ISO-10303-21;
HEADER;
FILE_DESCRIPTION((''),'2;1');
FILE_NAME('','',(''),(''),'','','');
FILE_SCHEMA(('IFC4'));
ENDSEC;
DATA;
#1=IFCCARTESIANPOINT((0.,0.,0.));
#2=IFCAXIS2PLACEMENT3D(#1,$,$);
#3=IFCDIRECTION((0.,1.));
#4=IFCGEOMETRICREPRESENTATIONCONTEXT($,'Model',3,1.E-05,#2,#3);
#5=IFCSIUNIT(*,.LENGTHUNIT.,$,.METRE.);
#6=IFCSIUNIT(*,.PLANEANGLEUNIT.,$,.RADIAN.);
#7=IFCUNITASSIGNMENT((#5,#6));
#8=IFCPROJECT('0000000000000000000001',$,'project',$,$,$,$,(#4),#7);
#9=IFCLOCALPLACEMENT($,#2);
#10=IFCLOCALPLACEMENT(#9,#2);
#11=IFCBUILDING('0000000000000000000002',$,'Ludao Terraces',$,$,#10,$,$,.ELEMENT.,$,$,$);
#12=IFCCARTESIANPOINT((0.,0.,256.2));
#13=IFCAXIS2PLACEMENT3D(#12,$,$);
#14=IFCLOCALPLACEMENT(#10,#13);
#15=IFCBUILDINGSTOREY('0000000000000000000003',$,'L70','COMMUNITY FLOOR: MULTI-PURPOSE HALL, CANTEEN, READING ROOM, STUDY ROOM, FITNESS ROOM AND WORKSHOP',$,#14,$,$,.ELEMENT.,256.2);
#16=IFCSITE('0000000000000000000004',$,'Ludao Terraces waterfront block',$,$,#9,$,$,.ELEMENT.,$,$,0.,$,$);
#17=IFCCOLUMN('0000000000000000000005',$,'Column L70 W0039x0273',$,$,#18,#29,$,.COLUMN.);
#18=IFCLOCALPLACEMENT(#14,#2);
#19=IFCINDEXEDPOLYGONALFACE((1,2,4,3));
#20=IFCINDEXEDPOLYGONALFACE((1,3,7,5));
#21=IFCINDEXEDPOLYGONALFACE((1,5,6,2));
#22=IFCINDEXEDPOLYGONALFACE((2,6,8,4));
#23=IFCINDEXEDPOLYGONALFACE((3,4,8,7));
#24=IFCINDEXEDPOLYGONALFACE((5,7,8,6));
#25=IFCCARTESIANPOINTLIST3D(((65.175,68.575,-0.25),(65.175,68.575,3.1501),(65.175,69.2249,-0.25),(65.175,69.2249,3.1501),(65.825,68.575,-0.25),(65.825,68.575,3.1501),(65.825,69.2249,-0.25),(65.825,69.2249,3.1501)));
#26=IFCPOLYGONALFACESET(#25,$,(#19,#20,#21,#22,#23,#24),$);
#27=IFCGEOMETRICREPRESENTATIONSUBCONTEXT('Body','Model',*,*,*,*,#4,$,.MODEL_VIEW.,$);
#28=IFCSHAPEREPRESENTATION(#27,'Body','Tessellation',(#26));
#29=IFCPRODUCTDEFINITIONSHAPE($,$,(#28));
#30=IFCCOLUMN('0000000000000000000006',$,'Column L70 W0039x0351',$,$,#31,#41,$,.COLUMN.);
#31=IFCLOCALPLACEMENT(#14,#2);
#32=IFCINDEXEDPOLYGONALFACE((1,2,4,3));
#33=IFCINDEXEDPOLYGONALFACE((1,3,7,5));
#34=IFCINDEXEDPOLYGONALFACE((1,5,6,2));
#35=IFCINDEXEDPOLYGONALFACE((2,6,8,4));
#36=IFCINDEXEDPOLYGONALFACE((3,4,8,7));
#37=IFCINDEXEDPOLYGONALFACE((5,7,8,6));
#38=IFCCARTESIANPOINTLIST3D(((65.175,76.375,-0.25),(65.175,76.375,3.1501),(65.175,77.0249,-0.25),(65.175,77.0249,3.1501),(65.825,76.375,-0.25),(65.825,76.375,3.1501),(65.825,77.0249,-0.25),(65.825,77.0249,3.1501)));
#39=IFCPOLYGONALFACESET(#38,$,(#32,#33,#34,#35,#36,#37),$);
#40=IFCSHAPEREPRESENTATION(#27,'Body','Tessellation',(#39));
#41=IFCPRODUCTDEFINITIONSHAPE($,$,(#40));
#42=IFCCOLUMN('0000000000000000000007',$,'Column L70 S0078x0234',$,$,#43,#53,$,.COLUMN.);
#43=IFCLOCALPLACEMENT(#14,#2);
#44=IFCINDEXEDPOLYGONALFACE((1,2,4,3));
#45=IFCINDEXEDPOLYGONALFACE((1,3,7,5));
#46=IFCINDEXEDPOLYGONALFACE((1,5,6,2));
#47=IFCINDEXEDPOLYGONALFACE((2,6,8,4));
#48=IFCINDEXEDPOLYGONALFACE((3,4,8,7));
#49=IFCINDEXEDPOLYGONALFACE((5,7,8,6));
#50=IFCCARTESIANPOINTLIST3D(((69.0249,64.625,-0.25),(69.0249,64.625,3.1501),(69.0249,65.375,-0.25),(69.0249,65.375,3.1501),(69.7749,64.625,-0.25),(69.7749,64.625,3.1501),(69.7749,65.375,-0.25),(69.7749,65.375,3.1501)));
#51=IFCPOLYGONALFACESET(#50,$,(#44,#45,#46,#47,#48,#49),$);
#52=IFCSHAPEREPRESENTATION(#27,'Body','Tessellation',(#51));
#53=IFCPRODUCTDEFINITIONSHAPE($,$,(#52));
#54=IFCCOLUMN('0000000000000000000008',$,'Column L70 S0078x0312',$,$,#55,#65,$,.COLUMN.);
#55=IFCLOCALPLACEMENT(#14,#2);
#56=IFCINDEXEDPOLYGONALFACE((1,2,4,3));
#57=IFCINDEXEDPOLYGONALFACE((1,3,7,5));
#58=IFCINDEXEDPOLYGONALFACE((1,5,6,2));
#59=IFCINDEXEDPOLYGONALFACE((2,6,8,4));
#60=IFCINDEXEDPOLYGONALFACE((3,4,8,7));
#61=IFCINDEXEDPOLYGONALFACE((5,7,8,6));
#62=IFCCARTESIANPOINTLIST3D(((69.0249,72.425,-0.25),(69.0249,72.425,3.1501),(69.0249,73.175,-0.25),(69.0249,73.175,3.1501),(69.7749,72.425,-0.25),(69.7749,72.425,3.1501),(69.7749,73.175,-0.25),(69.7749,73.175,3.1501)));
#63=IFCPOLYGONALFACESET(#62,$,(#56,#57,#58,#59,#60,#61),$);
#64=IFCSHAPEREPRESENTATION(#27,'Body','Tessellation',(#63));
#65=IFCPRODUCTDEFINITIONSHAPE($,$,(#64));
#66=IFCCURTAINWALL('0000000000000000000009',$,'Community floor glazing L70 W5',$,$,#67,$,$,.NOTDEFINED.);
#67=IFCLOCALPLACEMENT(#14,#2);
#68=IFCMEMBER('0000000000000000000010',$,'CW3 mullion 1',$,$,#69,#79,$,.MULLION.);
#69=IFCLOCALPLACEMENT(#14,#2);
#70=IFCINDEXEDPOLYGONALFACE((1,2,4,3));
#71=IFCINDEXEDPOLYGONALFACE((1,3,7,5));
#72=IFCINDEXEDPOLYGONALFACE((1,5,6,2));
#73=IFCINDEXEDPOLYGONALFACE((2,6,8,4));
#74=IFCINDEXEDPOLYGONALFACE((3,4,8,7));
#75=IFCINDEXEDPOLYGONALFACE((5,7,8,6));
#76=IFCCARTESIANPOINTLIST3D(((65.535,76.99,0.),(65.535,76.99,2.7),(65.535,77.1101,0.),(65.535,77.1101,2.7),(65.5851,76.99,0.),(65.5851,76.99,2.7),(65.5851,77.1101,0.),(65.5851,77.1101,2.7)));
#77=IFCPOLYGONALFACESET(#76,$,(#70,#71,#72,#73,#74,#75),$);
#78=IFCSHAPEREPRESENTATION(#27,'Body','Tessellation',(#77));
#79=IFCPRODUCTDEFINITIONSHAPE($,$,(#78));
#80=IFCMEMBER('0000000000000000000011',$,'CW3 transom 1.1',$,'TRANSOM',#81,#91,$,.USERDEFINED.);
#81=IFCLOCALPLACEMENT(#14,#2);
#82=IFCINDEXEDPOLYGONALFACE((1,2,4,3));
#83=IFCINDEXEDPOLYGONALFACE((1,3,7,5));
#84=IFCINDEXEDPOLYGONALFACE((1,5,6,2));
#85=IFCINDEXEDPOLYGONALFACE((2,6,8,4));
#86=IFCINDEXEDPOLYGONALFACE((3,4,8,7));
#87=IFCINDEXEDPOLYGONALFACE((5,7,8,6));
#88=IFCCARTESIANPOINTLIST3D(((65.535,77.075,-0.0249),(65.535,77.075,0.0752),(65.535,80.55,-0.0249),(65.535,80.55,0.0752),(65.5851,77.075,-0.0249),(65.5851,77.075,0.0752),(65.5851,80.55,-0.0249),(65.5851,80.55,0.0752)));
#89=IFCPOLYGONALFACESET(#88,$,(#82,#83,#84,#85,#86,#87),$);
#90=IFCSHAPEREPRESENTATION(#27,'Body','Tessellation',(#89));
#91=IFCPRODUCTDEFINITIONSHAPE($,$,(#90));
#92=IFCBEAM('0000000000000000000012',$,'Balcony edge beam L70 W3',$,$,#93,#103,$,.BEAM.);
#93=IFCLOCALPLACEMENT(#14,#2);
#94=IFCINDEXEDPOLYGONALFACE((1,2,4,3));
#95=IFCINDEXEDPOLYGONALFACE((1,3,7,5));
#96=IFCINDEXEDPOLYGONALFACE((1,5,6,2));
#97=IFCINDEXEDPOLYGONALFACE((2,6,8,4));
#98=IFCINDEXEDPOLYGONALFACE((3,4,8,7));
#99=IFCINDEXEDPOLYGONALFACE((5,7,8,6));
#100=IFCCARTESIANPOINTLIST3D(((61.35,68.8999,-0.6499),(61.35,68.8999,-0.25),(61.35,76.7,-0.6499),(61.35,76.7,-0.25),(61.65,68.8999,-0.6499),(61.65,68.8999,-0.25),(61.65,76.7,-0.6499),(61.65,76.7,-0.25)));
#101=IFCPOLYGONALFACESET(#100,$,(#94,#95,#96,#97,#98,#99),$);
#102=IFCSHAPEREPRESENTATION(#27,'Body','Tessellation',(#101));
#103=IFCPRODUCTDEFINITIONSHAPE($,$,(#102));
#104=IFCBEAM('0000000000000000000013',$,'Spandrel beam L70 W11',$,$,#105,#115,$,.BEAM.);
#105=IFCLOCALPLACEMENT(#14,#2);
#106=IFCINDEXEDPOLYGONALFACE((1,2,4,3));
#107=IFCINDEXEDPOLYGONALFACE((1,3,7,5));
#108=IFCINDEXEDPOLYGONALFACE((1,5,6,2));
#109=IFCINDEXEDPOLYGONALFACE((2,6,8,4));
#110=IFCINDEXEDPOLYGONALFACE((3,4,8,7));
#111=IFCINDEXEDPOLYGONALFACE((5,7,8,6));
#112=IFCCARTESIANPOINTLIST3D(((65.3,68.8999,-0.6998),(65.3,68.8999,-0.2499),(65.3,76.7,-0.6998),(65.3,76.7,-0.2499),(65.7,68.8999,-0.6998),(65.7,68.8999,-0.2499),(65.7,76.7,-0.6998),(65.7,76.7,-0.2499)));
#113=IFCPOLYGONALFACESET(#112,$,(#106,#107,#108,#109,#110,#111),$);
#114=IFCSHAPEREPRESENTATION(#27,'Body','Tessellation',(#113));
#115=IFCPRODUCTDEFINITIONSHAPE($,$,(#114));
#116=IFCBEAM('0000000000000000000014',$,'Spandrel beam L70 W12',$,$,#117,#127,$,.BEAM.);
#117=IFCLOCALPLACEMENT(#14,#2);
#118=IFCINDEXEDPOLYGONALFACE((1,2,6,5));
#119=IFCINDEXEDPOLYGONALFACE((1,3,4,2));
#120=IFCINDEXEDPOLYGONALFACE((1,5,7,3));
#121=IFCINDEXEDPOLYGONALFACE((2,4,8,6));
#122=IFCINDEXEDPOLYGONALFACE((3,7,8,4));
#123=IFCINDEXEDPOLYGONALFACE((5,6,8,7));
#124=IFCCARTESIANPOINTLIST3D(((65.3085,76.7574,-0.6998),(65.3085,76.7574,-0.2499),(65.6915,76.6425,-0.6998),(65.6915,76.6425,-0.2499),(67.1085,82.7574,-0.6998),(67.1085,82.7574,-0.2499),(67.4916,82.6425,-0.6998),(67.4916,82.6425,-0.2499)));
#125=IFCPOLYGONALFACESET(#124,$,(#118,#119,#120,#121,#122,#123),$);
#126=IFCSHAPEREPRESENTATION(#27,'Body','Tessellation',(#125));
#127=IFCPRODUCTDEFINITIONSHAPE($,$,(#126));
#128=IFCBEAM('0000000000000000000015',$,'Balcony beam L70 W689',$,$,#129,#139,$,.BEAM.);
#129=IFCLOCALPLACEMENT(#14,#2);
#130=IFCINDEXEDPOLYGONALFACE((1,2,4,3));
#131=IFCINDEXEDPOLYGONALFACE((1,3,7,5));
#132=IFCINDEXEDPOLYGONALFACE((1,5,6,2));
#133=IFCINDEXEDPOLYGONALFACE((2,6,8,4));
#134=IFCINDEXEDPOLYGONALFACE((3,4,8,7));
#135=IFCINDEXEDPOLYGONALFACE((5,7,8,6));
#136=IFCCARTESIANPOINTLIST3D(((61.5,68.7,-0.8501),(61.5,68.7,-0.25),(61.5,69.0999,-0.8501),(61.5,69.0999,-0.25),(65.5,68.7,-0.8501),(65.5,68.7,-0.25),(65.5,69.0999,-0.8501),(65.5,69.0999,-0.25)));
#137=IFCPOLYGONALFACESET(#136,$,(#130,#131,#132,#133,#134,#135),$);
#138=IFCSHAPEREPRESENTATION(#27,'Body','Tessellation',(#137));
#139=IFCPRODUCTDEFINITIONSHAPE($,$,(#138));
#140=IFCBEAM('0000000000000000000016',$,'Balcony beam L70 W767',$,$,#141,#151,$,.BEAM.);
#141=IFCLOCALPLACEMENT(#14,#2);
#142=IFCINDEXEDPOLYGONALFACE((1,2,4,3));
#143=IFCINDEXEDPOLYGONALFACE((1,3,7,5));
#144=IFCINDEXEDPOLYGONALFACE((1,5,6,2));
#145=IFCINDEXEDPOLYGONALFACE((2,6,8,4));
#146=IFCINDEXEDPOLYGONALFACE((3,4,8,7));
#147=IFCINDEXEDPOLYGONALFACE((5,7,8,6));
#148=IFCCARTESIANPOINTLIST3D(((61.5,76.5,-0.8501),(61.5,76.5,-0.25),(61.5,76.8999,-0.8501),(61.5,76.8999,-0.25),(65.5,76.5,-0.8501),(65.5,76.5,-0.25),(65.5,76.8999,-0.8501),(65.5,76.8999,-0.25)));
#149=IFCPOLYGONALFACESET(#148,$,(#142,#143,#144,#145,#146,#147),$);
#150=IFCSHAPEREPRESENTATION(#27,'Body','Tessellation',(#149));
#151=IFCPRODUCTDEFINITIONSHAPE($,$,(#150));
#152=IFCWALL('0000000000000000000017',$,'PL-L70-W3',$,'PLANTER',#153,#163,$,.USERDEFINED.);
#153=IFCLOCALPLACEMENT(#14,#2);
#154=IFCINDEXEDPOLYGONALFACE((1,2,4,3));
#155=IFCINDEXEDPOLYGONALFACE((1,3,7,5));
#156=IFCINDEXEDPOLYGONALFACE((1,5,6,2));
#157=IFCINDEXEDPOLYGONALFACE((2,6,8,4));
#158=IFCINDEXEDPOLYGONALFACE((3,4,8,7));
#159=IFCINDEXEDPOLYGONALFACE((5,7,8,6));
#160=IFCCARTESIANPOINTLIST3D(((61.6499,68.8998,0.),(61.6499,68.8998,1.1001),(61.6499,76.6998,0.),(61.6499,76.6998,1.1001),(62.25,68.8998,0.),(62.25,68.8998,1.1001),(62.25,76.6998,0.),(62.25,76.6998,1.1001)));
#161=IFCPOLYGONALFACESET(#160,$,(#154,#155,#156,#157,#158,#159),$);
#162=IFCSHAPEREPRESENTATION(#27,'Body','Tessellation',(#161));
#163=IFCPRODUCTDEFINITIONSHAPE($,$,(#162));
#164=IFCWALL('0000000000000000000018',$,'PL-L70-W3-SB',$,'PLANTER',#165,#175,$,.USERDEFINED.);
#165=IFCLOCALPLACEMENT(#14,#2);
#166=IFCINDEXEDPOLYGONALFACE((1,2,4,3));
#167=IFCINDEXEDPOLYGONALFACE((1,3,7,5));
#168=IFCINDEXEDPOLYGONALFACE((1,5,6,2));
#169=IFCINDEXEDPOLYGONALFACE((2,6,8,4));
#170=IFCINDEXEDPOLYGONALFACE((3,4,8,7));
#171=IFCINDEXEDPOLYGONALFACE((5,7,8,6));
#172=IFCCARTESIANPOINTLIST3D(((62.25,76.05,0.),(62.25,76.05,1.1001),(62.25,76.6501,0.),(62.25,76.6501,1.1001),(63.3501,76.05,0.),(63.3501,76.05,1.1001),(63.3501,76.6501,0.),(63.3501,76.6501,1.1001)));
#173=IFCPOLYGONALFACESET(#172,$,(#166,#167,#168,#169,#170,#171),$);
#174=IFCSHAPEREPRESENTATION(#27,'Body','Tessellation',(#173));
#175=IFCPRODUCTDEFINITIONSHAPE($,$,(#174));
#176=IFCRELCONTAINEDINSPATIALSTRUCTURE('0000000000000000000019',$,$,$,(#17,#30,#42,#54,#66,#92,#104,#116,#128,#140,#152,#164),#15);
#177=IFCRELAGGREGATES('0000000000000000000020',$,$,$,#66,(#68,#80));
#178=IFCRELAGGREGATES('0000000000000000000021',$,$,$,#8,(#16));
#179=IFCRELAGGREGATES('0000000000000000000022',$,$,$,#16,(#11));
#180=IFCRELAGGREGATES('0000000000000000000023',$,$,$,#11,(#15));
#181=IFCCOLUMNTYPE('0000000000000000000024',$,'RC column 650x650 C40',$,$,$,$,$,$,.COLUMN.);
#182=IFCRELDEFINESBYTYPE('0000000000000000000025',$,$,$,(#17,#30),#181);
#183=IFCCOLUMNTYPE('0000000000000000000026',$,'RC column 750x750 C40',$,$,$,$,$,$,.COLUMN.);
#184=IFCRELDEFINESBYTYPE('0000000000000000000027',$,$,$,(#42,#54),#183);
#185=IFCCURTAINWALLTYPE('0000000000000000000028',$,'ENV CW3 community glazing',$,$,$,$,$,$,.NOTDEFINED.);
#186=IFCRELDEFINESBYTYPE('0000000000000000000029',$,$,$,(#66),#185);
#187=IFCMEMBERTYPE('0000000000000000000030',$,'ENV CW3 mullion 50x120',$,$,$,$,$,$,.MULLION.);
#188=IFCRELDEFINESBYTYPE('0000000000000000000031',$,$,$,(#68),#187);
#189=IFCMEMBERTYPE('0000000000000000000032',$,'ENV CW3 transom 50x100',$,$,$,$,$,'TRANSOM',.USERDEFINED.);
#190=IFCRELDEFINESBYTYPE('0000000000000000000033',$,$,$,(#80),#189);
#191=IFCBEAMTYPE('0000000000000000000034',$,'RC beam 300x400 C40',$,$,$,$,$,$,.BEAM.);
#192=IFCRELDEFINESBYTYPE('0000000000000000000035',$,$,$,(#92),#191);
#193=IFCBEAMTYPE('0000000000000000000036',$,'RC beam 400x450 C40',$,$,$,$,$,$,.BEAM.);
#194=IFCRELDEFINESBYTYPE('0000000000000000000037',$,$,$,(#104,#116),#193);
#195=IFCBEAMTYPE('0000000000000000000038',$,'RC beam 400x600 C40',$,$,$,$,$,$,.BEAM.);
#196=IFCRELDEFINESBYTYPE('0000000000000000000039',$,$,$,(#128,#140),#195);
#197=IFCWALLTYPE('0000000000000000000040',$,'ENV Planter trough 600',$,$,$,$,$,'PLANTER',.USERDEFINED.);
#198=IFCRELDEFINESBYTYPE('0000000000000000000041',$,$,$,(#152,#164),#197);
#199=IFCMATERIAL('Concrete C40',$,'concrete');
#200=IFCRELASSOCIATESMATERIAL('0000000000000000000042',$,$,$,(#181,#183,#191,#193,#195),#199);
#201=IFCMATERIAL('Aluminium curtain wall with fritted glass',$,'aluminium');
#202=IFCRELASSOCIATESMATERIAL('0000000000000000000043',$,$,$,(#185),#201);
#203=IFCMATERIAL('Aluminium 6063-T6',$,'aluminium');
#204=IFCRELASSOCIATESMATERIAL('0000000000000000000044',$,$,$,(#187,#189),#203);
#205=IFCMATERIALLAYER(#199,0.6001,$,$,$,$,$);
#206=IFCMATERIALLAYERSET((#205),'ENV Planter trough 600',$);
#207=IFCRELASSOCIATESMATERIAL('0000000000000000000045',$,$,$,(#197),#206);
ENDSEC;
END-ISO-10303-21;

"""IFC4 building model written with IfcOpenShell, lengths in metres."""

from ifc_helpers import new_model, si_unit, direction, frame, frame_2d, origin, origin_2d, place, context, subcontext, project, spatial, rectangle, extrude, material, layer, layer_set, material_profile, profile_set, type_object, element, aggregate, save


model = new_model("IFC4")

# Units and contexts
model_context = context("Model", 3, precision=1e-05, world=origin(), true_north=direction((0.0, 1.0)))
body_context = subcontext(model_context, "Body", "Model", "MODEL_VIEW")
ifc_project = project(units=[si_unit("LENGTHUNIT", "METRE"), si_unit("PLANEANGLEUNIT", "RADIAN")], contexts=[model_context])

# Site, building, storey
site_placement = place(None, origin())
site = spatial("IfcSite", under=ifc_project, at=site_placement, Name="Ludao Terraces waterfront block", CompositionType="ELEMENT", RefElevation=0.0)
building_placement = place(site_placement, origin())
building = spatial("IfcBuilding", under=site, at=building_placement, Name="Ludao Terraces", CompositionType="ELEMENT")
storey_placement = place(building_placement, frame((0.0, 0.0, 256.2)))
storey = spatial("IfcBuildingStorey", under=building, at=storey_placement, Name="L70", Description="COMMUNITY FLOOR: MULTI-PURPOSE HALL, CANTEEN, READING ROOM, STUDY ROOM, FITNESS ROOM AND WORKSHOP", CompositionType="ELEMENT", Elevation=256.2)

# Columns
ifc_material_1 = material(Name="Concrete C40", Category="concrete")
ifc_material_profile_1 = material_profile(ifc_material_1, rectangle(XDim=0.6499, YDim=0.6499, at=origin_2d()), Name="650 X 650")
ifc_profile_set_1 = profile_set([ifc_material_profile_1], Name="Concrete C40")
column_type_1 = type_object("IfcColumnType", Name="RC column 650x650 C40", PredefinedType="COLUMN", material=ifc_profile_set_1)
for number, where, z_axis, x_axis, name in (
    (1, (65.5, 68.8999, -0.25), (0.0, 0.0, 1.0), (1.0, 0.0, 0.0), "Column L70 W0039x0273"),
    (2, (65.5, 76.7, -0.25), (0.0, 0.0, 1.0), (1.0, 0.0, 0.0), "Column L70 W0039x0351"),
):
    element("IfcColumn", number, at=place(storey_placement, frame(where, z_axis=z_axis, x_axis=x_axis)), inside=storey, type_object=column_type_1, Name=name, PredefinedType="COLUMN", context=body_context, shape_type="SweptSolid", body=[
        extrude(rectangle(XDim=0.6499, YDim=0.6499, at=origin_2d()), origin(), (0.0, 0.0, 1.0), 3.4001),
    ])
ifc_material_profile_2 = material_profile(ifc_material_1, rectangle(XDim=0.75, YDim=0.75, at=origin_2d()), Name="750 X 750")
ifc_profile_set_2 = profile_set([ifc_material_profile_2], Name="Concrete C40")
column_type_2 = type_object("IfcColumnType", Name="RC column 750x750 C40", PredefinedType="COLUMN", material=ifc_profile_set_2)
for number, where, z_axis, x_axis, name in (
    (3, (69.3999, 65.0, -0.25), (0.0, 0.0, 1.0), (1.0, 0.0, 0.0), "Column L70 S0078x0234"),
    (4, (69.3999, 72.8, -0.25), (0.0, 0.0, 1.0), (1.0, 0.0, 0.0), "Column L70 S0078x0312"),
):
    element("IfcColumn", number, at=place(storey_placement, frame(where, z_axis=z_axis, x_axis=x_axis)), inside=storey, type_object=column_type_2, Name=name, PredefinedType="COLUMN", context=body_context, shape_type="SweptSolid", body=[
        extrude(rectangle(XDim=0.75, YDim=0.75, at=origin_2d()), origin(), (0.0, 0.0, 1.0), 3.4001),
    ])

# Curtain wall, members
ifc_material_2 = material(Name="Aluminium curtain wall with fritted glass", Category="aluminium")
curtain_wall_type = type_object("IfcCurtainWallType", Name="ENV CW3 community glazing", PredefinedType="NOTDEFINED", material=ifc_material_2)
curtain_wall_placement = place(storey_placement, origin())
curtain_wall = element("IfcCurtainWall", 5, at=curtain_wall_placement, inside=storey, type_object=curtain_wall_type, Name="Community floor glazing L70 W5", PredefinedType="NOTDEFINED")
ifc_material_3 = material(Name="Aluminium 6063-T6", Category="aluminium")
ifc_material_profile_3 = material_profile(ifc_material_3, rectangle(XDim=0.05, YDim=0.1201, at=origin_2d()), Name="50 X 120")
ifc_profile_set_3 = profile_set([ifc_material_profile_3], Name="Aluminium 6063-T6")
member_type_1 = type_object("IfcMemberType", Name="ENV CW3 mullion 50x120", PredefinedType="MULLION", material=ifc_profile_set_3)
member_1_placement = place(storey_placement, frame((65.5601, 77.05, 0.0), z_axis=(0.0, 0.0, 1.0), x_axis=(-1.0, 0.0, 0.0)))
member_1 = element("IfcMember", 6, at=member_1_placement, type_object=member_type_1, Name="CW3 mullion 1", PredefinedType="MULLION", context=body_context, shape_type="SweptSolid", body=[
    extrude(rectangle(XDim=0.05, YDim=0.1201, at=origin_2d()), origin(), (0.0, 0.0, 1.0), 2.7),
])
ifc_material_profile_4 = material_profile(ifc_material_3, rectangle(XDim=0.05, YDim=0.1001, at=origin_2d()), Name="50 X 100")
ifc_profile_set_4 = profile_set([ifc_material_profile_4], Name="Aluminium 6063-T6")
member_type_2 = type_object("IfcMemberType", Name="ENV CW3 transom 50x100", ElementType="TRANSOM", PredefinedType="USERDEFINED", material=ifc_profile_set_4)
member_2_placement = place(storey_placement, frame((65.5601, 77.075, 0.0251), z_axis=(0.0, 1.0, 0.0), x_axis=(-1.0, 0.0, 0.0)))
member_2 = element("IfcMember", 7, at=member_2_placement, type_object=member_type_2, Name="CW3 transom 1.1", ObjectType="TRANSOM", PredefinedType="USERDEFINED", context=body_context, shape_type="SweptSolid", body=[
    extrude(rectangle(XDim=0.05, YDim=0.1001, at=origin_2d()), origin(), (0.0, 0.0, 1.0), 3.4751),
])
aggregate(curtain_wall, [member_1, member_2])

# Beams
ifc_material_profile_5 = material_profile(ifc_material_1, rectangle(XDim=0.3, YDim=0.3999, at=origin_2d()), Name="300 X 400")
ifc_profile_set_5 = profile_set([ifc_material_profile_5], Name="Concrete C40")
beam_type_1 = type_object("IfcBeamType", Name="RC beam 300x400 C40", PredefinedType="BEAM", material=ifc_profile_set_5)
beam_1_placement = place(storey_placement, frame((61.5, 68.8999, -0.45), z_axis=(0.0, 1.0, 0.0), x_axis=(-1.0, 0.0, 0.0)))
element("IfcBeam", 8, at=beam_1_placement, inside=storey, type_object=beam_type_1, Name="Balcony edge beam L70 W3", PredefinedType="BEAM", context=body_context, shape_type="SweptSolid", body=[
    extrude(rectangle(XDim=0.3, YDim=0.3999, at=origin_2d()), origin(), (0.0, 0.0, 1.0), 7.8),
])
ifc_material_profile_6 = material_profile(ifc_material_1, rectangle(XDim=0.3999, YDim=0.45, at=origin_2d()), Name="400 X 450")
ifc_profile_set_6 = profile_set([ifc_material_profile_6], Name="Concrete C40")
beam_type_2 = type_object("IfcBeamType", Name="RC beam 400x450 C40", PredefinedType="BEAM", material=ifc_profile_set_6)
beam_2_placement = place(storey_placement, frame((65.5, 68.8999, -0.4749), z_axis=(0.0, 1.0, 0.0), x_axis=(-1.0, 0.0, 0.0)))
element("IfcBeam", 9, at=beam_2_placement, inside=storey, type_object=beam_type_2, Name="Spandrel beam L70 W11", PredefinedType="BEAM", context=body_context, shape_type="SweptSolid", body=[
    extrude(rectangle(XDim=0.3999, YDim=0.45, at=origin_2d()), origin(), (0.0, 0.0, 1.0), 7.8),
])
beam_3_placement = place(storey_placement, frame((65.5, 76.7, -0.4749), z_axis=(0.287355, 0.957824, 0.0), x_axis=(-0.957824, 0.287355, 0.0)))
element("IfcBeam", 10, at=beam_3_placement, inside=storey, type_object=beam_type_2, Name="Spandrel beam L70 W12", PredefinedType="BEAM", context=body_context, shape_type="SweptSolid", body=[
    extrude(rectangle(XDim=0.3999, YDim=0.45, at=origin_2d()), origin(), (0.0, 0.0, 1.0), 6.2642),
])
ifc_material_profile_7 = material_profile(ifc_material_1, rectangle(XDim=0.3999, YDim=0.6001, at=origin_2d()), Name="400 X 600")
ifc_profile_set_7 = profile_set([ifc_material_profile_7], Name="Concrete C40")
beam_type_3 = type_object("IfcBeamType", Name="RC beam 400x600 C40", PredefinedType="BEAM", material=ifc_profile_set_7)
for number, where, z_axis, x_axis, name in (
    (11, (65.5, 68.8999, -0.55), (-1.0, 0.0, 0.0), (0.0, -1.0, 0.0), "Balcony beam L70 W689"),
    (12, (65.5, 76.7, -0.55), (-1.0, 0.0, 0.0), (0.0, -1.0, 0.0), "Balcony beam L70 W767"),
):
    element("IfcBeam", number, at=place(storey_placement, frame(where, z_axis=z_axis, x_axis=x_axis)), inside=storey, type_object=beam_type_3, Name=name, PredefinedType="BEAM", context=body_context, shape_type="SweptSolid", body=[
        extrude(rectangle(XDim=0.3999, YDim=0.6001, at=origin_2d()), origin(), (0.0, 0.0, 1.0), 4.0),
    ])

# Walls
ifc_layer_1 = layer(ifc_material_1, 0.6001)
ifc_layer_set_1 = layer_set([ifc_layer_1], Name="ENV Planter trough 600")
wall_type_1 = type_object("IfcWallType", Name="ENV Planter trough 600", ElementType="PLANTER", PredefinedType="USERDEFINED", material=ifc_layer_set_1)
wall_1_placement = place(storey_placement, frame((61.95, 68.8999, 0.0), z_axis=(0.0, 0.0, 1.0), x_axis=(0.0, 1.0, 0.0)))
element("IfcWall", 13, at=wall_1_placement, inside=storey, type_object=wall_type_1, Name="PL-L70-W3", ObjectType="PLANTER", PredefinedType="USERDEFINED", context=body_context, shape_type="SweptSolid", body=[
    extrude(rectangle(XDim=7.8, YDim=0.6001, at=frame_2d((3.8999, 0.0))), origin(), (0.0, 0.0, 1.0), 1.1001),
])
wall_2_placement = place(storey_placement, frame((62.25, 76.3501, 0.0), z_axis=(0.0, 0.0, 1.0), x_axis=(1.0, 0.0, 0.0)))
element("IfcWall", 14, at=wall_2_placement, inside=storey, type_object=wall_type_1, Name="PL-L70-W3-SB", ObjectType="PLANTER", PredefinedType="USERDEFINED", context=body_context, shape_type="SweptSolid", body=[
    extrude(rectangle(XDim=1.1001, YDim=0.6001, at=frame_2d((0.55, 0.0))), origin(), (0.0, 0.0, 1.0), 1.1001),
])

save(model, "model.ifc")
